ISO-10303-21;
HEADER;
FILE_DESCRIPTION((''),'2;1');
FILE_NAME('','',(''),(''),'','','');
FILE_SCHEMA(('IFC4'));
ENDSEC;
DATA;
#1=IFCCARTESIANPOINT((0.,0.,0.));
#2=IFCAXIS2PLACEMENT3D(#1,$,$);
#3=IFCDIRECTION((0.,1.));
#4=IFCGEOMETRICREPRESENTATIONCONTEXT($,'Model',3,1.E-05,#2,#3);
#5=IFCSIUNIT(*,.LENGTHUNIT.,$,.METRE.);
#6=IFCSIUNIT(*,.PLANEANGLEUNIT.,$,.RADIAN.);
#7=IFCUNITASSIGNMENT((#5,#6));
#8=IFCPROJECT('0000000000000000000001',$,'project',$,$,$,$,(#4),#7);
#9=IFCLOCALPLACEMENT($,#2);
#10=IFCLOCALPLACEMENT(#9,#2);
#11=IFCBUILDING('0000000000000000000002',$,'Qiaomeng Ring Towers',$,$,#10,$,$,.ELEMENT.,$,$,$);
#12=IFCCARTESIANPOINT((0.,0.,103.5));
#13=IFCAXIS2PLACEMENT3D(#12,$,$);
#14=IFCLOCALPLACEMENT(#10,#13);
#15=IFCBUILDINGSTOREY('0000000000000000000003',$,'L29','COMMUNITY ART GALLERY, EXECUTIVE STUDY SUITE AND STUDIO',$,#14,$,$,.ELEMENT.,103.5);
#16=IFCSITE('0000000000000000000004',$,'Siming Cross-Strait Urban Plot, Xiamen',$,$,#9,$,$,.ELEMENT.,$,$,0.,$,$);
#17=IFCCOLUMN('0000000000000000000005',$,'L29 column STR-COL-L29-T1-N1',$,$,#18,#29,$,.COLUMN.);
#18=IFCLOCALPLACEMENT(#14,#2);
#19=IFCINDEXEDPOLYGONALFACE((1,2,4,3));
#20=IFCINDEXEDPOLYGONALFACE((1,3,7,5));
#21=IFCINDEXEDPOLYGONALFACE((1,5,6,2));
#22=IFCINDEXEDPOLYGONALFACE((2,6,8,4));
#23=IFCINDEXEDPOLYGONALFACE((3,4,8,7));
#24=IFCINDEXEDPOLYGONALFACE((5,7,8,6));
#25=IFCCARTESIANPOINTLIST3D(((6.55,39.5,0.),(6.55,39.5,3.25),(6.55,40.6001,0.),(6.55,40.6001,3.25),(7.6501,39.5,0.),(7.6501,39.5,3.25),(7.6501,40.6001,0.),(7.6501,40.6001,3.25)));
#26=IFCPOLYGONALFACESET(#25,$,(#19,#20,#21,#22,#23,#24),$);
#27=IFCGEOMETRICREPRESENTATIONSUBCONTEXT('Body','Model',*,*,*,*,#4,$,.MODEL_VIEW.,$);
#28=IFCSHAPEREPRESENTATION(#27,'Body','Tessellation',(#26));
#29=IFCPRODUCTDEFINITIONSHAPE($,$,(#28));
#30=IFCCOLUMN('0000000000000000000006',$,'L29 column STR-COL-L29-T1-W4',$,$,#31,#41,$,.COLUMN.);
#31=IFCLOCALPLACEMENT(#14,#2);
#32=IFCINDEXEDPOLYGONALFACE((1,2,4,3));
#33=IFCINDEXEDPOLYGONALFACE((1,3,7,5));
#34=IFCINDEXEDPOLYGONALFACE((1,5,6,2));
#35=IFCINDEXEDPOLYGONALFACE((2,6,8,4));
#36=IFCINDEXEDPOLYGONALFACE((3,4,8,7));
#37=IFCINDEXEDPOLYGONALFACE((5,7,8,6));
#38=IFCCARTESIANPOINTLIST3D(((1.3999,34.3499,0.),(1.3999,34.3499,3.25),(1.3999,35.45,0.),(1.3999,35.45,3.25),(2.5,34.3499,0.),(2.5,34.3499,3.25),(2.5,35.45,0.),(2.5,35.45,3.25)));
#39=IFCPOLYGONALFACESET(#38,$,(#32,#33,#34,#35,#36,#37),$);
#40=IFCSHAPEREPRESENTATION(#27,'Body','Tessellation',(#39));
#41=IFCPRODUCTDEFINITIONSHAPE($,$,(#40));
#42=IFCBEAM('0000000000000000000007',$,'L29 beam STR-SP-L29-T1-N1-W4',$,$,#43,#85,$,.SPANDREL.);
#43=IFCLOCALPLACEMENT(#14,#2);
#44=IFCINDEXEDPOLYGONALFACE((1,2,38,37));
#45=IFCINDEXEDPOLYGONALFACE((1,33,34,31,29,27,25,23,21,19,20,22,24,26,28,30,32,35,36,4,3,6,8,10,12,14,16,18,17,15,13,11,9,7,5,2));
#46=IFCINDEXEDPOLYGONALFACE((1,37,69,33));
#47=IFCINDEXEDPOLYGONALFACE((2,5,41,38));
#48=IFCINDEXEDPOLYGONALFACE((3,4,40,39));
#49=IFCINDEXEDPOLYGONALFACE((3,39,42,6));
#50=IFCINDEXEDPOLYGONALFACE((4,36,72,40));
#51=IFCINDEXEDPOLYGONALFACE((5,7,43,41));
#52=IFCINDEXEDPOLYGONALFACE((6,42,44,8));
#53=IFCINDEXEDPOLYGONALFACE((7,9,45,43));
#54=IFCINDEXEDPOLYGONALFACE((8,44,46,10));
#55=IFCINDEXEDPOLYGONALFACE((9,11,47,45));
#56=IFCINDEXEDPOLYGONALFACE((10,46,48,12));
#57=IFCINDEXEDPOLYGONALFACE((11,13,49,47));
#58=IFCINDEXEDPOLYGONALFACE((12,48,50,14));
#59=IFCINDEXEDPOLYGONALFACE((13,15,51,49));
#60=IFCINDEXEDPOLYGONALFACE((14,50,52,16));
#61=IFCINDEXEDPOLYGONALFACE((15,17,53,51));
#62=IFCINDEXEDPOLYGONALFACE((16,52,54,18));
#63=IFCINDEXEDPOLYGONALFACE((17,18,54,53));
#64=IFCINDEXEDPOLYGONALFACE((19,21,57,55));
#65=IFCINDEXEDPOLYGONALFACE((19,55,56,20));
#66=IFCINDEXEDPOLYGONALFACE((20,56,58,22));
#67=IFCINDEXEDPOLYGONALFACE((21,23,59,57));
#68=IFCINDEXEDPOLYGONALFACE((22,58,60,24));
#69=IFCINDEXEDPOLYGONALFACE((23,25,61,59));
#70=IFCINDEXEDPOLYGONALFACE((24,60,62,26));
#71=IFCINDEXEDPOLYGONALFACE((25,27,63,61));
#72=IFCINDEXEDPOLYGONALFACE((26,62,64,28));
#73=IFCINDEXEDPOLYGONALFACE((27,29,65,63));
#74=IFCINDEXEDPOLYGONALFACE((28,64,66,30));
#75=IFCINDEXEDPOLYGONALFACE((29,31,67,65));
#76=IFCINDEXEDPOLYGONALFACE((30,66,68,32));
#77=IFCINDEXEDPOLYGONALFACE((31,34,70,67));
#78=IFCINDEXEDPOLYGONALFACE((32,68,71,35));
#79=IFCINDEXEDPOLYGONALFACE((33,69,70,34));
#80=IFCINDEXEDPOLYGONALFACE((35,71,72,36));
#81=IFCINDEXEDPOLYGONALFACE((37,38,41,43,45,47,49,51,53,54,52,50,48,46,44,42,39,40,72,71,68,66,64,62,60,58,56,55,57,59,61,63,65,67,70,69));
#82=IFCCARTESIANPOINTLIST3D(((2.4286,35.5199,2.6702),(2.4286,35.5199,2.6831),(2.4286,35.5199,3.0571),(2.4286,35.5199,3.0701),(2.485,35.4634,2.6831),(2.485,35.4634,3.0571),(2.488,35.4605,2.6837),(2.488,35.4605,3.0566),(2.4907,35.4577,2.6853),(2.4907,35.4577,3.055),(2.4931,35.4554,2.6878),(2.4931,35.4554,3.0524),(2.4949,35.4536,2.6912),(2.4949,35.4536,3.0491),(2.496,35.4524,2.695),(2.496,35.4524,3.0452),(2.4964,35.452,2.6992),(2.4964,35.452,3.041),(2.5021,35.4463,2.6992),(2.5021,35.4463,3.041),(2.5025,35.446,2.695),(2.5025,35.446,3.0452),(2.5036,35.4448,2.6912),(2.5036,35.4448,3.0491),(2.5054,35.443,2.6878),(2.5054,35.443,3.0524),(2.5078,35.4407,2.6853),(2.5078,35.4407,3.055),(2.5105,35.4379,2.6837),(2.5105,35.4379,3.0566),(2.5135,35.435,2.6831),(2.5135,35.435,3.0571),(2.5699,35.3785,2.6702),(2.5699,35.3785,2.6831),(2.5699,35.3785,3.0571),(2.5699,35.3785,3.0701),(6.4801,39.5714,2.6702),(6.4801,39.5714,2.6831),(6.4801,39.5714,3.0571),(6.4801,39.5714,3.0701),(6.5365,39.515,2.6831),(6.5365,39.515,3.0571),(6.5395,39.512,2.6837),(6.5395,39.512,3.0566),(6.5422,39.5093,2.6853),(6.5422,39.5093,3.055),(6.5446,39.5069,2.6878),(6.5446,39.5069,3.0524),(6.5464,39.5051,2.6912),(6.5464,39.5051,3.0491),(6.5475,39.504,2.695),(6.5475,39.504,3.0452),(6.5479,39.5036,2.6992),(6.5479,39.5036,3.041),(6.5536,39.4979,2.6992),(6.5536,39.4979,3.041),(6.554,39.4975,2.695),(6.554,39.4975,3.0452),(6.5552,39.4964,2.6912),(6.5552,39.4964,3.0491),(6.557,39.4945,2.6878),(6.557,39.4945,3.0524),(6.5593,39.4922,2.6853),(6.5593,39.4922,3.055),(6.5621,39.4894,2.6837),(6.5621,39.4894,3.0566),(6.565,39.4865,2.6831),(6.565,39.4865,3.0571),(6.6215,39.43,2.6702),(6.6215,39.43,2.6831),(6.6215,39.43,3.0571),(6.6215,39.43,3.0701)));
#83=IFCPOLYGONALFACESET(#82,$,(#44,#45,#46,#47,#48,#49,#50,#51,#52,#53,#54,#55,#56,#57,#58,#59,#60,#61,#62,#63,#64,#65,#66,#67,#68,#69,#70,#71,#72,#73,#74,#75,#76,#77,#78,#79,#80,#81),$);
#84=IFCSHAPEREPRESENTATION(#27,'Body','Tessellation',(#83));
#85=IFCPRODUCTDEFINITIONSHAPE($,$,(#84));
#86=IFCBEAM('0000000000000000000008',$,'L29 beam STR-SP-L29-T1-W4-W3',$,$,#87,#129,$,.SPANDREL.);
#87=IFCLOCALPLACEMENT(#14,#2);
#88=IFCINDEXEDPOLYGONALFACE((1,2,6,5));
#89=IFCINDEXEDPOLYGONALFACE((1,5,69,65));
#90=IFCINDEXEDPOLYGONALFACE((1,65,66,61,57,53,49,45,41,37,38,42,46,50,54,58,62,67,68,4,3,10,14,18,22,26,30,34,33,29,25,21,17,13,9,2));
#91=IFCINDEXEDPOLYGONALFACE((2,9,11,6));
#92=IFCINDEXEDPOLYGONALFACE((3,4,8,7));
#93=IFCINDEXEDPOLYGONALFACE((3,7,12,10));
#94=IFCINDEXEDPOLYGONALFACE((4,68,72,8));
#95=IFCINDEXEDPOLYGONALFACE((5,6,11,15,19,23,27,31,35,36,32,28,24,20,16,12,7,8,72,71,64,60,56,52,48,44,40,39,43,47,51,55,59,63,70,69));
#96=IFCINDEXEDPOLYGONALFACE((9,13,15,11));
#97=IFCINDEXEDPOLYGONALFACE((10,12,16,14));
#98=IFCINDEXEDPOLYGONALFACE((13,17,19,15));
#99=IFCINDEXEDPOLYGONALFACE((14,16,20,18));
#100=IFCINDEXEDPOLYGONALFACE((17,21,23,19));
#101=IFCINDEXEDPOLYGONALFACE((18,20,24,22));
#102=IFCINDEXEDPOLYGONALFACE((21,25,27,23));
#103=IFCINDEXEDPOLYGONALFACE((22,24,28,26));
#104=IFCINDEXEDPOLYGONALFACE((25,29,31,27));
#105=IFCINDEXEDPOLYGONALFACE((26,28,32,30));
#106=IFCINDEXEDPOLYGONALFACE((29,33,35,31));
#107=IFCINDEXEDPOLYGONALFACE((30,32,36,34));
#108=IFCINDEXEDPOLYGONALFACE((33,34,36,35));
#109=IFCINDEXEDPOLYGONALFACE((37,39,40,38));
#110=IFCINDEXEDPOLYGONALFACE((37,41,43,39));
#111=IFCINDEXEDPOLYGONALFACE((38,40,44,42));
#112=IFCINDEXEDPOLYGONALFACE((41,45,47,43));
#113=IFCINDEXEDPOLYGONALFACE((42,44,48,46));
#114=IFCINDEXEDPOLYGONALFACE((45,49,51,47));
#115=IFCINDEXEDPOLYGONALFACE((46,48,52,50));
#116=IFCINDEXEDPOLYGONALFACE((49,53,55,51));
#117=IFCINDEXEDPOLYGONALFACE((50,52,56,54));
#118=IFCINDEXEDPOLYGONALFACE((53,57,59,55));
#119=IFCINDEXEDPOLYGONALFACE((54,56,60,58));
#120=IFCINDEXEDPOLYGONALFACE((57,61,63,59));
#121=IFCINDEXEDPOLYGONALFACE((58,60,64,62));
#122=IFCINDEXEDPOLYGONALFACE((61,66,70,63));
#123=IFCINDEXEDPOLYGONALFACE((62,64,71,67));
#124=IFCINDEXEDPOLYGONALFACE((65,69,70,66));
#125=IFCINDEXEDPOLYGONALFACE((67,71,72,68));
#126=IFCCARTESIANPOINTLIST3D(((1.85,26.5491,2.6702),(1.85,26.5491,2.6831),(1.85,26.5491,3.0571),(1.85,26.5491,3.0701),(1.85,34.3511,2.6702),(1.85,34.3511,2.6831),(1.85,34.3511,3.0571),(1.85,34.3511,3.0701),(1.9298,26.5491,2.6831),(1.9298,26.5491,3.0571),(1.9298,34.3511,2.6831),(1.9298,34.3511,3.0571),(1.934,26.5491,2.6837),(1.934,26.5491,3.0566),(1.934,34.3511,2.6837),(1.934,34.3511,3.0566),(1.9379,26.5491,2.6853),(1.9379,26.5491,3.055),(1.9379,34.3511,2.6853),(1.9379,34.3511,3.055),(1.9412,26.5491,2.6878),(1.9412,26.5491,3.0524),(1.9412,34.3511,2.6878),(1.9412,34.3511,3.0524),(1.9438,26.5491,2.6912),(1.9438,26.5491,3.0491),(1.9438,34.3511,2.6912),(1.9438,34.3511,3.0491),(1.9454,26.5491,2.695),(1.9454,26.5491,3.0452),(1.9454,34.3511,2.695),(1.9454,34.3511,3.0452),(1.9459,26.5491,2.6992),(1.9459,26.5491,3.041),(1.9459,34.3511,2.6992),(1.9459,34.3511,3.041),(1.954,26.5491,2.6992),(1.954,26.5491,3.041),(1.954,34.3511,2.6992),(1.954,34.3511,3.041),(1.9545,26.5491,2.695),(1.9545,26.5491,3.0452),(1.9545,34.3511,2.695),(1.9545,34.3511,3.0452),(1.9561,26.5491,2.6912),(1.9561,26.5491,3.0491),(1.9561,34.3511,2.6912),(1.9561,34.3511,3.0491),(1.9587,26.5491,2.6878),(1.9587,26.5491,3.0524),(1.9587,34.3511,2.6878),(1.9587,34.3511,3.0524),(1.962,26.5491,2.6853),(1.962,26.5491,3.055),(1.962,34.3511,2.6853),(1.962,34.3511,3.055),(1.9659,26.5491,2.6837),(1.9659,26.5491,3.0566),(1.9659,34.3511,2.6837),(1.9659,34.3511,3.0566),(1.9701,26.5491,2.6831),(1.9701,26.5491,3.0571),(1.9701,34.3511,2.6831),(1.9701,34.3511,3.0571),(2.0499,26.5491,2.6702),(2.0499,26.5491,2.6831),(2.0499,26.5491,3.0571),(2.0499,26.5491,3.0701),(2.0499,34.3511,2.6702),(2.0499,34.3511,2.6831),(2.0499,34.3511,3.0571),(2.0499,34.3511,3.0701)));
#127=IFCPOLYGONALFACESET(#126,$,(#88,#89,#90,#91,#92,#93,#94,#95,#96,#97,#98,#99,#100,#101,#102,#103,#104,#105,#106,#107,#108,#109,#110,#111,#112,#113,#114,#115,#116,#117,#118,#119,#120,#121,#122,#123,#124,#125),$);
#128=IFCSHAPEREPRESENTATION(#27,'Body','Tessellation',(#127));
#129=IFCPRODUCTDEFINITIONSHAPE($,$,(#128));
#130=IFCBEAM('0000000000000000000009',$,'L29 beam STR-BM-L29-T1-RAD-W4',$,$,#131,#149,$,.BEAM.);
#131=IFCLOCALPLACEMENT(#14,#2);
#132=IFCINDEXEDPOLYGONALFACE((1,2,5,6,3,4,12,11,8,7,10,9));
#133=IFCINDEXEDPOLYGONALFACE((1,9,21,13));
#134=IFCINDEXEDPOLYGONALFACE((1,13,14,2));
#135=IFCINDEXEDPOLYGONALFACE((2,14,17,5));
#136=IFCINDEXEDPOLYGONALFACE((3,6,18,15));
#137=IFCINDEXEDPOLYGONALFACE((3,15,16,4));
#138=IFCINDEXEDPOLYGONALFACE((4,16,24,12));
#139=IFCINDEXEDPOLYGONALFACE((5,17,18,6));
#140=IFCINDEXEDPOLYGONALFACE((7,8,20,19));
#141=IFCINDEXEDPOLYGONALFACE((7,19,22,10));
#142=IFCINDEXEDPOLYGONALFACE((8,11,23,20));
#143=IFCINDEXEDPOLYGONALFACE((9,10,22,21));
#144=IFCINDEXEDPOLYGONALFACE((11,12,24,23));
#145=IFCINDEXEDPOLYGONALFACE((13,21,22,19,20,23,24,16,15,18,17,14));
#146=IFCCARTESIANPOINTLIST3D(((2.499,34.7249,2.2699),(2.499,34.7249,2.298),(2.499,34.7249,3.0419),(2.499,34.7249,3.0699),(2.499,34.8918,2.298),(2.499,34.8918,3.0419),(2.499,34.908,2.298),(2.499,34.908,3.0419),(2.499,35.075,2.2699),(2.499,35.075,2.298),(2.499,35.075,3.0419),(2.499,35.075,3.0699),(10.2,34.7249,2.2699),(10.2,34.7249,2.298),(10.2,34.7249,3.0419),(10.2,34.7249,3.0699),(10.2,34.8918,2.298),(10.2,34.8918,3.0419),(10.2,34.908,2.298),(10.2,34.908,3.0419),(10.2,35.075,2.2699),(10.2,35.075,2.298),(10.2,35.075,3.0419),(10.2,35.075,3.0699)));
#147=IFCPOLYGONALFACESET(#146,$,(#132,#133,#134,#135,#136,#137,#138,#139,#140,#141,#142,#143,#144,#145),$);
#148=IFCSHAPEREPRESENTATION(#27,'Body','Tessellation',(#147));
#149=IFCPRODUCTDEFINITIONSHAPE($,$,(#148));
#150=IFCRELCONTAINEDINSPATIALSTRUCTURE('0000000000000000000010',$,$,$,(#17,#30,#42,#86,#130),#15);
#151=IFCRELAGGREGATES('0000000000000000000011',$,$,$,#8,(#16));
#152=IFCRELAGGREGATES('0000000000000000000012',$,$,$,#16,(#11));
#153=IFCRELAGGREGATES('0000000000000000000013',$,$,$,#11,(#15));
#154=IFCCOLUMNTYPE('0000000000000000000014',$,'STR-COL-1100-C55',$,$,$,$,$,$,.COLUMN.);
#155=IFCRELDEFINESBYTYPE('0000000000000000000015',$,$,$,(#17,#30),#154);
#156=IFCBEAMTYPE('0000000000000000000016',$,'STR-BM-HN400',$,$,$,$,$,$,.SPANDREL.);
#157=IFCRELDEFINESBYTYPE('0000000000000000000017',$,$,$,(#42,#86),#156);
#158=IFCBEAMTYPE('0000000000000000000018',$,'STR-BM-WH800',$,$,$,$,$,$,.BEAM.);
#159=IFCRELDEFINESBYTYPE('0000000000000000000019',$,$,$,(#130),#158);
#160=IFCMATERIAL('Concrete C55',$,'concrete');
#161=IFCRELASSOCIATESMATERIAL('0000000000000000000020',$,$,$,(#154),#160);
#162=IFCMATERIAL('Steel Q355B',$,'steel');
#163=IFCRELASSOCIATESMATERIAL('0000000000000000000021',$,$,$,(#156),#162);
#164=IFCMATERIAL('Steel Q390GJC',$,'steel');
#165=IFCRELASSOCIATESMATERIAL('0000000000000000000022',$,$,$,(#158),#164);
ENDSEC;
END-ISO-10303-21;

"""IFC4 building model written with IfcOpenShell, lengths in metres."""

from ifc_helpers import new_model, si_unit, direction, frame, origin, origin_2d, place, context, subcontext, project, spatial, rectangle, i_section, extrude, source, transform, mapped, material, material_profile, profile_set, type_object, element, save


model = new_model("IFC4")

# Units and contexts
model_context = context("Model", 3, precision=1e-05, world=origin(), true_north=direction((0.0, 1.0)))
body_context = subcontext(model_context, "Body", "Model", "MODEL_VIEW")
ifc_project = project(units=[si_unit("LENGTHUNIT", "METRE"), si_unit("PLANEANGLEUNIT", "RADIAN")], contexts=[model_context])

# Site, building, storey
site_placement = place(None, origin())
site = spatial("IfcSite", under=ifc_project, at=site_placement, Name="Siming Cross-Strait Urban Plot, Xiamen", CompositionType="ELEMENT", RefElevation=0.0)
building_placement = place(site_placement, origin())
building = spatial("IfcBuilding", under=site, at=building_placement, Name="Qiaomeng Ring Towers", CompositionType="ELEMENT")
storey_placement = place(building_placement, frame((0.0, 0.0, 103.5)))
storey = spatial("IfcBuildingStorey", under=building, at=storey_placement, Name="L29", Description="COMMUNITY ART GALLERY, EXECUTIVE STUDY SUITE AND STUDIO", CompositionType="ELEMENT", Elevation=103.5)

# Columns
ifc_material_1 = material(Name="Concrete C55", Category="concrete")
ifc_material_profile_1 = material_profile(ifc_material_1, rectangle(XDim=1.1001, YDim=1.1001, at=origin_2d()), Name="RC COL 1100x1100")
ifc_profile_set_1 = profile_set([ifc_material_profile_1], Name="Concrete C55")
column_type = type_object("IfcColumnType", Name="STR-COL-1100-C55", PredefinedType="COLUMN", material=ifc_profile_set_1)
shared_shape_1 = source(origin(), body_context, "Body", "SweptSolid", [
    extrude(rectangle(XDim=1.1001, YDim=1.1001, at=origin_2d()), origin(), (0.0, 0.0, 1.0), 3.25),
])
for number, where, z_axis, x_axis, name in (
    (1, (7.1001, 40.05, 0.0), (0.0, 0.0, 1.0), (1.0, 0.0, 0.0), "L29 column STR-COL-L29-T1-N1"),
    (2, (1.95, 34.8999, 0.0), (0.0, 0.0, 1.0), (1.0, 0.0, 0.0), "L29 column STR-COL-L29-T1-W4"),
):
    element("IfcColumn", number, at=place(storey_placement, frame(where, z_axis=z_axis, x_axis=x_axis)), inside=storey, type_object=column_type, Name=name, PredefinedType="COLUMN", context=body_context, shape_type="MappedRepresentation", body=[
        mapped(shared_shape_1, transform((0.0, 0.0, 0.0), x_axis=(1.0, 0.0, 0.0), y_axis=(0.0, 1.0, 0.0), z_axis=(0.0, 0.0, 1.0), scale=1.0)),
    ])

# Beams
ifc_material_2 = material(Name="Steel Q355B", Category="steel")
ifc_material_profile_2 = material_profile(ifc_material_2, i_section(OverallWidth=0.2, OverallDepth=0.3999, WebThickness=0.0081, FlangeThickness=0.0129, FilletRadius=0.0161, at=origin_2d()), Name="HN 400x200x8x13")
ifc_profile_set_2 = profile_set([ifc_material_profile_2], Name="Steel Q355B")
beam_type_1 = type_object("IfcBeamType", Name="STR-BM-HN400", PredefinedType="SPANDREL", material=ifc_profile_set_2)
shared_shape_2 = source(origin(), body_context, "Body", "SweptSolid", [
    extrude(i_section(OverallWidth=0.2, OverallDepth=0.3999, WebThickness=0.0081, FlangeThickness=0.0129, FilletRadius=0.0161, at=origin_2d()), origin(), (0.0, 0.0, 1.0), 5.7297),
])
beam_1_placement = place(storey_placement, frame((6.5508, 39.5007, 2.8701), z_axis=(-0.707107, -0.707107, 0.0), x_axis=(0.707107, -0.707107, 0.0)))
element("IfcBeam", 3, at=beam_1_placement, inside=storey, type_object=beam_type_1, Name="L29 beam STR-SP-L29-T1-N1-W4", PredefinedType="SPANDREL", context=body_context, shape_type="MappedRepresentation", body=[
    mapped(shared_shape_2, transform((0.0, 0.0, 0.0), x_axis=(1.0, 0.0, 0.0), y_axis=(0.0, 1.0, 0.0), z_axis=(0.0, 0.0, 1.0), scale=1.0)),
])
shared_shape_3 = source(origin(), body_context, "Body", "SweptSolid", [
    extrude(i_section(OverallWidth=0.2, OverallDepth=0.3999, WebThickness=0.0081, FlangeThickness=0.0129, FilletRadius=0.0161, at=origin_2d()), origin(), (0.0, 0.0, 1.0), 7.802),
])
beam_2_placement = place(storey_placement, frame((1.95, 34.3511, 2.8701), z_axis=(0.0, -1.0, 0.0), x_axis=(1.0, 0.0, 0.0)))
element("IfcBeam", 4, at=beam_2_placement, inside=storey, type_object=beam_type_1, Name="L29 beam STR-SP-L29-T1-W4-W3", PredefinedType="SPANDREL", context=body_context, shape_type="MappedRepresentation", body=[
    mapped(shared_shape_3, transform((0.0, 0.0, 0.0), x_axis=(1.0, 0.0, 0.0), y_axis=(0.0, 1.0, 0.0), z_axis=(0.0, 0.0, 1.0), scale=1.0)),
])
ifc_material_3 = material(Name="Steel Q390GJC", Category="steel")
ifc_material_profile_3 = material_profile(ifc_material_3, i_section(OverallWidth=0.3501, OverallDepth=0.8, WebThickness=0.0161, FlangeThickness=0.0281, at=origin_2d()), Name="WH 800x350x16x28")
ifc_profile_set_3 = profile_set([ifc_material_profile_3], Name="Steel Q390GJC")
beam_type_2 = type_object("IfcBeamType", Name="STR-BM-WH800", PredefinedType="BEAM", material=ifc_profile_set_3)
shared_shape_4 = source(origin(), body_context, "Body", "SweptSolid", [
    extrude(i_section(OverallWidth=0.3501, OverallDepth=0.8, WebThickness=0.0161, FlangeThickness=0.0281, at=origin_2d()), origin(), (0.0, 0.0, 1.0), 7.7009),
])
beam_3_placement = place(storey_placement, frame((2.499, 34.8999, 2.6699), z_axis=(1.0, 0.0, 0.0), x_axis=(0.0, 1.0, 0.0)))
element("IfcBeam", 5, at=beam_3_placement, inside=storey, type_object=beam_type_2, Name="L29 beam STR-BM-L29-T1-RAD-W4", PredefinedType="BEAM", context=body_context, shape_type="MappedRepresentation", body=[
    mapped(shared_shape_4, transform((0.0, 0.0, 0.0), x_axis=(1.0, 0.0, 0.0), y_axis=(0.0, 1.0, 0.0), z_axis=(0.0, 0.0, 1.0), scale=1.0)),
])

save(model, "model.ifc")
